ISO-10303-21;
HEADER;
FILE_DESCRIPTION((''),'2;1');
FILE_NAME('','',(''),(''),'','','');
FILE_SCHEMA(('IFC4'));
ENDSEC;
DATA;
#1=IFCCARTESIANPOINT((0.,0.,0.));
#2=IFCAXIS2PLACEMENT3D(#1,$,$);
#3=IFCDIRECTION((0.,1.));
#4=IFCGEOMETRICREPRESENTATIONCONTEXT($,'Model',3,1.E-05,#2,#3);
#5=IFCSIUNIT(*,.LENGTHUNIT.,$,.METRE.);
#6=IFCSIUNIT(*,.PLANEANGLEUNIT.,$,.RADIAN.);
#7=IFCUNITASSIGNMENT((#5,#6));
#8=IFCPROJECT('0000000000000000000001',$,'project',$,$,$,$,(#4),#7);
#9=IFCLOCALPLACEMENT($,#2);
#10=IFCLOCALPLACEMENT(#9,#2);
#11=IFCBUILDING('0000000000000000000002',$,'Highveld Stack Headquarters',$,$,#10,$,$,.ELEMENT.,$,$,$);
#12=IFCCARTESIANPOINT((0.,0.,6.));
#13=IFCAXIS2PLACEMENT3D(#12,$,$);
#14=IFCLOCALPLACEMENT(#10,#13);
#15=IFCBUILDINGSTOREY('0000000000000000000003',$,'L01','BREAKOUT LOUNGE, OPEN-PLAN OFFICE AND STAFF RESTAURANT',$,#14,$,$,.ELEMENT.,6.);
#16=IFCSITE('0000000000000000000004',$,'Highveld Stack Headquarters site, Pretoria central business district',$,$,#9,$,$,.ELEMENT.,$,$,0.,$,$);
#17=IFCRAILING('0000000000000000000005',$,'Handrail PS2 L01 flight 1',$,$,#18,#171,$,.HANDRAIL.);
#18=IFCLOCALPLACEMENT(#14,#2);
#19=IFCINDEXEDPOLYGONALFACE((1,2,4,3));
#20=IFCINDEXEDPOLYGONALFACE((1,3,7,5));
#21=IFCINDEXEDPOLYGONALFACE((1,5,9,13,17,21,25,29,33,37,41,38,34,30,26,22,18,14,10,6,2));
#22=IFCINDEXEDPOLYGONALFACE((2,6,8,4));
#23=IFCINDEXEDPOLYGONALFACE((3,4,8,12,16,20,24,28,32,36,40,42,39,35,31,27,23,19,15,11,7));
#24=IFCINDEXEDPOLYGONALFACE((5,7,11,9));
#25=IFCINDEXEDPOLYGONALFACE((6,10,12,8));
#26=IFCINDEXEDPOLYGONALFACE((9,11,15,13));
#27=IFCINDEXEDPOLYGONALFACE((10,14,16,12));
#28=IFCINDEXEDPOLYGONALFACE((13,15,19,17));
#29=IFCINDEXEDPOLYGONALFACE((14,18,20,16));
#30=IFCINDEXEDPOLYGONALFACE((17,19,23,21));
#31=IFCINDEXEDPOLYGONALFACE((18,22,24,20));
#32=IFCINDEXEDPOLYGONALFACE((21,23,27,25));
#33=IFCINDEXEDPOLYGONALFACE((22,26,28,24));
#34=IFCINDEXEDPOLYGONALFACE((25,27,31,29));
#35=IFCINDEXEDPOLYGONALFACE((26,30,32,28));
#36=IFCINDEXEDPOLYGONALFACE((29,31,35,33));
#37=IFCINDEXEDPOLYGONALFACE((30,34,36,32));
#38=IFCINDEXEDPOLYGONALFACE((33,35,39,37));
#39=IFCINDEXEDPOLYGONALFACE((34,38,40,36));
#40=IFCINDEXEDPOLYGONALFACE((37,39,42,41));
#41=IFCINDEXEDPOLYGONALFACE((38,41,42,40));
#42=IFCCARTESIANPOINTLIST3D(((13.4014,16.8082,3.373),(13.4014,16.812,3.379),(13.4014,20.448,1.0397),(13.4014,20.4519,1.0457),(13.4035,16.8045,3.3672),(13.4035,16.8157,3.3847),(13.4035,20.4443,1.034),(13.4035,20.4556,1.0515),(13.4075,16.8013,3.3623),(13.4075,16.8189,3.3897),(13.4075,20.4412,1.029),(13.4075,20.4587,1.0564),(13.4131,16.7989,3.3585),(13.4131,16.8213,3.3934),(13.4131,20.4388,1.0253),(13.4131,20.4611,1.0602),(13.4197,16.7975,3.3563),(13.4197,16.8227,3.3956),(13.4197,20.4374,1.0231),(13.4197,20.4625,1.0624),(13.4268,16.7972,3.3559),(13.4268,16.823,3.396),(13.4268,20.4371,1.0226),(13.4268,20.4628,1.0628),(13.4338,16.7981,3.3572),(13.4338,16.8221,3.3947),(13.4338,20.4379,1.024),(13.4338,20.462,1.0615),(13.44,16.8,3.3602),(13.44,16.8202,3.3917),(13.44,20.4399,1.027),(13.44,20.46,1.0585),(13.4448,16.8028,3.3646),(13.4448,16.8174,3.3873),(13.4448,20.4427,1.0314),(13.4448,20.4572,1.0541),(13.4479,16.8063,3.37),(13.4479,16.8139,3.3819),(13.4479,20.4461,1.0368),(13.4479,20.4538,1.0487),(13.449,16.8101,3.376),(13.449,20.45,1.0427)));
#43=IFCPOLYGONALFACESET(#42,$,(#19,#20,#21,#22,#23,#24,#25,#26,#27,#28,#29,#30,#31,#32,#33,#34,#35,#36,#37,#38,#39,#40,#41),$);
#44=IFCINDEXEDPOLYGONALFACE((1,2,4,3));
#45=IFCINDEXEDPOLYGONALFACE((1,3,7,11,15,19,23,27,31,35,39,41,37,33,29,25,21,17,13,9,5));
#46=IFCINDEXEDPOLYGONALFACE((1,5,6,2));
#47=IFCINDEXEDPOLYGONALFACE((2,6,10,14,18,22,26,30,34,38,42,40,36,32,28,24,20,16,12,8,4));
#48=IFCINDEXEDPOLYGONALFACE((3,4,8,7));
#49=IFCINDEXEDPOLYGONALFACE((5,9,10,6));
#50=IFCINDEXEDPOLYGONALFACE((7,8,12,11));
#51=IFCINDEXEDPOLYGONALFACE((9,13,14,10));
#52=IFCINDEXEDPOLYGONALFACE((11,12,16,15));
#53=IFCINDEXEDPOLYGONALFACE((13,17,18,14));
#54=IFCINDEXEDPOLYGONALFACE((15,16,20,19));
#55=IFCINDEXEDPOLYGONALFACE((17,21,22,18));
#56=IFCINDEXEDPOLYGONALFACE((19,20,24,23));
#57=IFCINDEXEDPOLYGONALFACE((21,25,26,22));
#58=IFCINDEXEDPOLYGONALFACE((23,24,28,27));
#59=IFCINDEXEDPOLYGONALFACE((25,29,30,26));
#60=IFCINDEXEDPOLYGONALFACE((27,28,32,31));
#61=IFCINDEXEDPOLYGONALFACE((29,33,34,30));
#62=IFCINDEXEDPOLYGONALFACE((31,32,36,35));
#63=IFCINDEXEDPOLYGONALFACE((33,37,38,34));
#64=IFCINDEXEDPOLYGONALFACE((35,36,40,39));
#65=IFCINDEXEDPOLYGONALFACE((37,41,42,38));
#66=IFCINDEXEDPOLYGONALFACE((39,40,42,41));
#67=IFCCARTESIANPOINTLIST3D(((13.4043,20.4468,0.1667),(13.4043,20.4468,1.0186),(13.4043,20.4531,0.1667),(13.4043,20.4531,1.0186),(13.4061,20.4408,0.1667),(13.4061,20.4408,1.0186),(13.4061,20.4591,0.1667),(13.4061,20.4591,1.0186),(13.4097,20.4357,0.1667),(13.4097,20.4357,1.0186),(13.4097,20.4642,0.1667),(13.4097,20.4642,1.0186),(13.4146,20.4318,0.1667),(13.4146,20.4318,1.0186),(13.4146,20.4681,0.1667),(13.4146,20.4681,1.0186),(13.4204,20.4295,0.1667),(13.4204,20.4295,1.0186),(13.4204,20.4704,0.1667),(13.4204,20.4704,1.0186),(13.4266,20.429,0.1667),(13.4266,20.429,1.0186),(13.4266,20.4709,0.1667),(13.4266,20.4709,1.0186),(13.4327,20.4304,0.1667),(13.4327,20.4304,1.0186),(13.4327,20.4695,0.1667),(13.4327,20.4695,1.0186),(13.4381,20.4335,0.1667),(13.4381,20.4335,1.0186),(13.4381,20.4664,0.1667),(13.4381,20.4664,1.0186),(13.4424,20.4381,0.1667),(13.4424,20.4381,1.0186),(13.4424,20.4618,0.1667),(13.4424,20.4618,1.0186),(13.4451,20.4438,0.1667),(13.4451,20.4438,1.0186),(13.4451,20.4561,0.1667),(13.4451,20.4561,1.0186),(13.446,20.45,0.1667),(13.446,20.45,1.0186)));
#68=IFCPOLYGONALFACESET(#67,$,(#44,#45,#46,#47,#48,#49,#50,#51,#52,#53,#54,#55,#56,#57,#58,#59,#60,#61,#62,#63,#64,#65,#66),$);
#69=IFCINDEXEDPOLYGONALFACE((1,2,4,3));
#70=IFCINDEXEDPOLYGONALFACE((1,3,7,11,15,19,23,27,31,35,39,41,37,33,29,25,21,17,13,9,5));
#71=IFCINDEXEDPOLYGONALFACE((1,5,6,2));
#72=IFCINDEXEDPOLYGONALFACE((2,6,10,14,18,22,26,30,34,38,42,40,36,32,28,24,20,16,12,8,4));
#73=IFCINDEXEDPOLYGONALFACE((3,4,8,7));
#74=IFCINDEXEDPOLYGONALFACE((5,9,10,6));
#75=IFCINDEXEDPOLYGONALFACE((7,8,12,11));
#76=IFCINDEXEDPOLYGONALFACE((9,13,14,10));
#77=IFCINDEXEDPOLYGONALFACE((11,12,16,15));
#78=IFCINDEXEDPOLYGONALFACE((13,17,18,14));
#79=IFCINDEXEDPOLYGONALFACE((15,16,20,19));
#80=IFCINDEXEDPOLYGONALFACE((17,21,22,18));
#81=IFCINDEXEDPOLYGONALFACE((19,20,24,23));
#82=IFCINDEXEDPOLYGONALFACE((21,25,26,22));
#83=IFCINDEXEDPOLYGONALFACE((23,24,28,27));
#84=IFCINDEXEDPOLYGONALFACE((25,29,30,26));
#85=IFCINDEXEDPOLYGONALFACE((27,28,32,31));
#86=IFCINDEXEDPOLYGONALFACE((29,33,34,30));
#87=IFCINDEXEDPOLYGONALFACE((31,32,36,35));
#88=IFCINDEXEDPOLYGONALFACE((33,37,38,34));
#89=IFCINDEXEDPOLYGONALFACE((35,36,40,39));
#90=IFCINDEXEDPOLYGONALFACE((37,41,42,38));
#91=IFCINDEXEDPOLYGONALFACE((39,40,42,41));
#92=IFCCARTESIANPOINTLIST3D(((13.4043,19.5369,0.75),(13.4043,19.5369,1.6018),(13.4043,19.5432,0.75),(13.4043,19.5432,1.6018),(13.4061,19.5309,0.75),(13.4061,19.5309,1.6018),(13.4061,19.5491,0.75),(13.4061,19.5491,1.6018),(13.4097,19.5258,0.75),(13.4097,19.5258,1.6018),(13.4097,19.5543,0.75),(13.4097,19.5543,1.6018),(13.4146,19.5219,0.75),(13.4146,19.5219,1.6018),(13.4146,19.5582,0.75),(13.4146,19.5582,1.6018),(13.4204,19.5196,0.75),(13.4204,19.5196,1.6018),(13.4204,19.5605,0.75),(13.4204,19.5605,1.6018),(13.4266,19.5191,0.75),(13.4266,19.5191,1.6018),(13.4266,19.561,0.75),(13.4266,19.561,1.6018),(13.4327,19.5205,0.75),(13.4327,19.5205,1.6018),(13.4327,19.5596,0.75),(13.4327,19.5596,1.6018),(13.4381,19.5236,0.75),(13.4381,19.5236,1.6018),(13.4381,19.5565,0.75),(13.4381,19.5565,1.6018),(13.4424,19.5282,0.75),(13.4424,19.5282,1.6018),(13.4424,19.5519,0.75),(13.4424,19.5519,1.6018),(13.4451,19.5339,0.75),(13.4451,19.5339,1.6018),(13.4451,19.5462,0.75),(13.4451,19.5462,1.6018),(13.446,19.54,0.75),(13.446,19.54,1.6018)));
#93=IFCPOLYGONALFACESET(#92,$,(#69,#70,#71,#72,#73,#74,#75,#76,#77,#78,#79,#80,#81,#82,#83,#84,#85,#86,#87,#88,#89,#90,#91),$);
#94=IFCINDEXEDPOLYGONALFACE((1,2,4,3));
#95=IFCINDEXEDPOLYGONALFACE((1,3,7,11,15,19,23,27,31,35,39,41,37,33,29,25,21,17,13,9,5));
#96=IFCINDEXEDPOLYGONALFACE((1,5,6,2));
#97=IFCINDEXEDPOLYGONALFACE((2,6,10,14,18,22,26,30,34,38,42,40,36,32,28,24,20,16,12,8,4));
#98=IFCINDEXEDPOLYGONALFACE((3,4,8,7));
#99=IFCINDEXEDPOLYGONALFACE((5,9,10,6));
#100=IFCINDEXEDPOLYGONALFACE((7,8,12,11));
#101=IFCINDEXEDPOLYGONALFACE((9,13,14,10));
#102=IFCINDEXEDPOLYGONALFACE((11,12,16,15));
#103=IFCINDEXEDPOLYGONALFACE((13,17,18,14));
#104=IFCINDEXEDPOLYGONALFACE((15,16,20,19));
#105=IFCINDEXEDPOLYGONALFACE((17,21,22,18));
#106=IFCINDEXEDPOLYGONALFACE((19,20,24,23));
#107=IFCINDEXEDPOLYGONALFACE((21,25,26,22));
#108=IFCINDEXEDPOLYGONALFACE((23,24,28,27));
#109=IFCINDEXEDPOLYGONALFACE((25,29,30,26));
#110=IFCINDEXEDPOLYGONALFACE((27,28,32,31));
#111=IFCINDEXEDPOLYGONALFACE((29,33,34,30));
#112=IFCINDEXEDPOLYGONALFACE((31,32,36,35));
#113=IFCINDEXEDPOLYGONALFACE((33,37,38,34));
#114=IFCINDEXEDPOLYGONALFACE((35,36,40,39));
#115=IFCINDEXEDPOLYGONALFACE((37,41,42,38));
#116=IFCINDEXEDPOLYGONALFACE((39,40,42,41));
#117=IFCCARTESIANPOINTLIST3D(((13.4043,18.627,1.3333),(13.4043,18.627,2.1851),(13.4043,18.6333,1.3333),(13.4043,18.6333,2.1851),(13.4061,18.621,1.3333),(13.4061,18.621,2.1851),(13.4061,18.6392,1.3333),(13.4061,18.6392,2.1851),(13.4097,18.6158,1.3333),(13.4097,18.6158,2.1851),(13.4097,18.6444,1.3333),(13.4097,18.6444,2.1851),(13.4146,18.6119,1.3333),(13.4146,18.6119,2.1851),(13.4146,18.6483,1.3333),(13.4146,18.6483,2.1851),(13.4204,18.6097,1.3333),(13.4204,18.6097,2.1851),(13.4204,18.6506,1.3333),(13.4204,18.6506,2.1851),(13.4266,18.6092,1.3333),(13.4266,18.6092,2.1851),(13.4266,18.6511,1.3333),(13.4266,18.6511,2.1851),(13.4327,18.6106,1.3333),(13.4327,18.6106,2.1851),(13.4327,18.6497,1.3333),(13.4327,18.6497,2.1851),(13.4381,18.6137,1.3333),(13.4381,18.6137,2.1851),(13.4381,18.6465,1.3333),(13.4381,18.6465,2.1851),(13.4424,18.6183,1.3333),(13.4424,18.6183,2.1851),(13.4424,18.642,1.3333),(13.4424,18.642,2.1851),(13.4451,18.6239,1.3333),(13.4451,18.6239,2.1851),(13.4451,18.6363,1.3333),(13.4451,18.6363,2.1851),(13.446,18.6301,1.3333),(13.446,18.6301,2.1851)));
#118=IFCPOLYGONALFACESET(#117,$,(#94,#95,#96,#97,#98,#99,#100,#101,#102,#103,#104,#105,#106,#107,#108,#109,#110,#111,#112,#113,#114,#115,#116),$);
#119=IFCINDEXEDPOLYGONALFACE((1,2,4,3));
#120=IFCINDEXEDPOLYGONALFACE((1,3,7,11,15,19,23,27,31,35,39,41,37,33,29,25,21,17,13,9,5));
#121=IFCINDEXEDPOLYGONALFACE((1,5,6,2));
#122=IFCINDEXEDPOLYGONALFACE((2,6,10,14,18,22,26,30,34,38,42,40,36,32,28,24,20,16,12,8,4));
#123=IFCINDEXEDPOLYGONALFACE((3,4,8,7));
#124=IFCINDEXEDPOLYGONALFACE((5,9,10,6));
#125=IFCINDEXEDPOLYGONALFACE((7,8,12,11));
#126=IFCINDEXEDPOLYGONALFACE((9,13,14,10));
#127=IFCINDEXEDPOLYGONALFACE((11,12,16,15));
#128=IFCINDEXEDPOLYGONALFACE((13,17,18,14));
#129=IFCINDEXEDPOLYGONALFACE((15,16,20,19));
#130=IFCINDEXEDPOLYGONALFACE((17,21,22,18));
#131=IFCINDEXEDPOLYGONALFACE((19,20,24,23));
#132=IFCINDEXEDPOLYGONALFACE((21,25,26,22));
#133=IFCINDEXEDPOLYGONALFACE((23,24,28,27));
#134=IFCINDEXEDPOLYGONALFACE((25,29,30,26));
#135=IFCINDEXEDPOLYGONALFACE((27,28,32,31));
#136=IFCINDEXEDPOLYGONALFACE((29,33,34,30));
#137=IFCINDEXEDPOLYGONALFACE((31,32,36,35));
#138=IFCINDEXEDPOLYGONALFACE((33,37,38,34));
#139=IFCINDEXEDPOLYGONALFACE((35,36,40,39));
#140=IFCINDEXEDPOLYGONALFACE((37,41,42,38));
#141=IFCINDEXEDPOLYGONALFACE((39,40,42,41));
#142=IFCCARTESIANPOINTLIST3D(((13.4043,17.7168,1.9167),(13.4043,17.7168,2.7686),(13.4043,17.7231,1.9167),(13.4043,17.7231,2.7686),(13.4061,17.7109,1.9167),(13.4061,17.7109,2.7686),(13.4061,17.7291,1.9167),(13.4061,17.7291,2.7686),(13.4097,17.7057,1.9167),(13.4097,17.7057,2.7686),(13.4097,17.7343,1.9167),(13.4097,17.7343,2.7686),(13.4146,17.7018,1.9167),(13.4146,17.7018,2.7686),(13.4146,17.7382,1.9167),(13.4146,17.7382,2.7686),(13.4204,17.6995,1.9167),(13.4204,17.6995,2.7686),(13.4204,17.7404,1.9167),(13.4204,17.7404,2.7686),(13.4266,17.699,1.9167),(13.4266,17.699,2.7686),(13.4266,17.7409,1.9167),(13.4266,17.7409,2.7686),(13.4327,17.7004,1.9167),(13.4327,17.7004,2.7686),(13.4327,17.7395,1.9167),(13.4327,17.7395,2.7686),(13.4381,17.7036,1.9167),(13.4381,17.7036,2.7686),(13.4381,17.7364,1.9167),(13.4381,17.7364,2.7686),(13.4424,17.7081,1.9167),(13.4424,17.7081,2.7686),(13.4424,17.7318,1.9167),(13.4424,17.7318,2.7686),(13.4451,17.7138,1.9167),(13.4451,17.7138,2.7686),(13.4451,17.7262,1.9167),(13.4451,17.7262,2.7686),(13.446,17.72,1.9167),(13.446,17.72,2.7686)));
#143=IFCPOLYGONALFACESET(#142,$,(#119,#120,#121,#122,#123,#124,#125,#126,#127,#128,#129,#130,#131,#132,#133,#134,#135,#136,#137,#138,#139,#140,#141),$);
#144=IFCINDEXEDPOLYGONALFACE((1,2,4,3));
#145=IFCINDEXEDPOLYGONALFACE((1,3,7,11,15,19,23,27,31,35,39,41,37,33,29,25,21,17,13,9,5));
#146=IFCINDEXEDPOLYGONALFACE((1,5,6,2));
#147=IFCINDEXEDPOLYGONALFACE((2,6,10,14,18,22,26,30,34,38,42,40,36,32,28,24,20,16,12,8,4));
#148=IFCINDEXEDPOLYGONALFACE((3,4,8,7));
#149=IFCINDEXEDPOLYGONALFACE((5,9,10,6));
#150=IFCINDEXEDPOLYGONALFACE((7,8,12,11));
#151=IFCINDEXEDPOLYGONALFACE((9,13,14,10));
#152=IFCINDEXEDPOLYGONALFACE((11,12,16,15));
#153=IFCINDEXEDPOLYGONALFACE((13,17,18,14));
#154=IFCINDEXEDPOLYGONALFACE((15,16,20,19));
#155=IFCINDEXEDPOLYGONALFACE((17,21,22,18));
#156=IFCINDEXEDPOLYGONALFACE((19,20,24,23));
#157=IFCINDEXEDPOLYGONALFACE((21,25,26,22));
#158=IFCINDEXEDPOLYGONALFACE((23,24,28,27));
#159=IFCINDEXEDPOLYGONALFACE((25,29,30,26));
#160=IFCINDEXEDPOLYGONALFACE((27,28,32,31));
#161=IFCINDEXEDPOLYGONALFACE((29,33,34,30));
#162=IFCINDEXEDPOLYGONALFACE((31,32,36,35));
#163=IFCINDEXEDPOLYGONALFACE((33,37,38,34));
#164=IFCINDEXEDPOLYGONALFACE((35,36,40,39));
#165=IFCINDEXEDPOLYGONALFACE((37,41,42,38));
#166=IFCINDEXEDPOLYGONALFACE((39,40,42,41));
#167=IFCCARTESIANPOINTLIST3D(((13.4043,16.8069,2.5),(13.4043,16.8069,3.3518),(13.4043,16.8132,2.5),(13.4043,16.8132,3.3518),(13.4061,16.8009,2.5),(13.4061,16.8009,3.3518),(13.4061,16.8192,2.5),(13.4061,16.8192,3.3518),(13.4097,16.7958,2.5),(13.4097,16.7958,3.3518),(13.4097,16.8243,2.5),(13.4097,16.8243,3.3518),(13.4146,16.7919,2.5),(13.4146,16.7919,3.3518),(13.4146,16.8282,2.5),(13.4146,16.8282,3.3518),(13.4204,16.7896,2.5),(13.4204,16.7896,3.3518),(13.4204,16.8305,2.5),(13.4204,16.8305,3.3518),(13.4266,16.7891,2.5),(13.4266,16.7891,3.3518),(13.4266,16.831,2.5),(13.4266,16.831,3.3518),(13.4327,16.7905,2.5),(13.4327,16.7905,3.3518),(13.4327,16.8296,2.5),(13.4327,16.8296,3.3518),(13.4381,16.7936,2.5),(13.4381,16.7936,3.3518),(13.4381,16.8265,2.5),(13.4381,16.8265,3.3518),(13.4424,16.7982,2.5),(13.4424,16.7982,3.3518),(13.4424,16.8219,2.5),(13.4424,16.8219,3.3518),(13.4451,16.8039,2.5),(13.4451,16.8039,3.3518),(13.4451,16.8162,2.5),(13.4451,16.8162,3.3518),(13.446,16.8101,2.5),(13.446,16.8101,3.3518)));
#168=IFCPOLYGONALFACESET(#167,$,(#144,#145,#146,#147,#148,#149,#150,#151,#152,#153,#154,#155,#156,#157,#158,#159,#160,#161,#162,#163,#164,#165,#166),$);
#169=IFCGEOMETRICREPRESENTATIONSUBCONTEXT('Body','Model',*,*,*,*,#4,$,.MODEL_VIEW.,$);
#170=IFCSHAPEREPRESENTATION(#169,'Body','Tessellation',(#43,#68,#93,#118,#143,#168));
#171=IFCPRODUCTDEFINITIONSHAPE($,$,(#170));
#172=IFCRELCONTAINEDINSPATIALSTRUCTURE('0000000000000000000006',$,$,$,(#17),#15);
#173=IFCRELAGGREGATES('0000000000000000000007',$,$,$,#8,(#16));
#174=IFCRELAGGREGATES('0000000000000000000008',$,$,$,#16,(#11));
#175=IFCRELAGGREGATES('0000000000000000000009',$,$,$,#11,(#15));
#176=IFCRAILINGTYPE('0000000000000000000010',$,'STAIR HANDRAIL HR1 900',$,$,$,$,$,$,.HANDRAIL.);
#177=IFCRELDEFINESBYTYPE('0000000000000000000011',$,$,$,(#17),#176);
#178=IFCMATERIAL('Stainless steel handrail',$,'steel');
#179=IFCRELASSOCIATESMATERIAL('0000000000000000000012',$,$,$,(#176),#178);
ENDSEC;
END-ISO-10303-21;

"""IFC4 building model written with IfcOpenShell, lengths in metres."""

from ifc_helpers import new_model, si_unit, direction, frame, origin, origin_2d, place, context, subcontext, project, spatial, circle, extrude, material, type_object, element, save


model = new_model("IFC4")

# Units and contexts
model_context = context("Model", 3, precision=1e-05, world=origin(), true_north=direction((0.0, 1.0)))
body_context = subcontext(model_context, "Body", "Model", "MODEL_VIEW")
ifc_project = project(units=[si_unit("LENGTHUNIT", "METRE"), si_unit("PLANEANGLEUNIT", "RADIAN")], contexts=[model_context])

# Site, building, storey
site_placement = place(None, origin())
site = spatial("IfcSite", under=ifc_project, at=site_placement, Name="Highveld Stack Headquarters site, Pretoria central business district", CompositionType="ELEMENT", RefElevation=0.0)
building_placement = place(site_placement, origin())
building = spatial("IfcBuilding", under=site, at=building_placement, Name="Highveld Stack Headquarters", CompositionType="ELEMENT")
storey_placement = place(building_placement, frame((0.0, 0.0, 6.0)))
storey = spatial("IfcBuildingStorey", under=building, at=storey_placement, Name="L01", Description="BREAKOUT LOUNGE, OPEN-PLAN OFFICE AND STAFF RESTAURANT", CompositionType="ELEMENT", Elevation=6.0)

# Railing
ifc_material_1 = material(Name="Stainless steel handrail", Category="steel")
railing_type = type_object("IfcRailingType", Name="STAIR HANDRAIL HR1 900", PredefinedType="HANDRAIL", material=ifc_material_1)
for number, where, name in (
    (1, (13.425, 20.45, 0.1667), "Handrail PS2 L01 flight 1"),
):
    element("IfcRailing", number, at=place(storey_placement, frame(where)), inside=storey, type_object=railing_type, Name=name, PredefinedType="HANDRAIL", context=body_context, shape_type="SweptSolid", body=[
        extrude(circle(Radius=0.0239, at=origin_2d()), frame((0.0, 0.0, 0.876), z_axis=(0.0, -0.84188, 0.539664), x_axis=(1.0, 0.0, 0.0)), (0.0, 0.0, 1.0), 4.3235),
        extrude(circle(Radius=0.021, at=origin_2d()), origin(), (0.0, 0.0, 1.0), 0.8518),
        extrude(circle(Radius=0.021, at=origin_2d()), frame((0.0, -0.9099, 0.5833)), (0.0, 0.0, 1.0), 0.8518),
        extrude(circle(Radius=0.021, at=origin_2d()), frame((0.0, -1.8198, 1.1665)), (0.0, 0.0, 1.0), 0.8518),
        extrude(circle(Radius=0.021, at=origin_2d()), frame((0.0, -2.73, 1.75)), (0.0, 0.0, 1.0), 0.8518),
        extrude(circle(Radius=0.021, at=origin_2d()), frame((0.0, -3.6399, 2.3333)), (0.0, 0.0, 1.0), 0.8518),
    ])

save(model, "model.ifc")
